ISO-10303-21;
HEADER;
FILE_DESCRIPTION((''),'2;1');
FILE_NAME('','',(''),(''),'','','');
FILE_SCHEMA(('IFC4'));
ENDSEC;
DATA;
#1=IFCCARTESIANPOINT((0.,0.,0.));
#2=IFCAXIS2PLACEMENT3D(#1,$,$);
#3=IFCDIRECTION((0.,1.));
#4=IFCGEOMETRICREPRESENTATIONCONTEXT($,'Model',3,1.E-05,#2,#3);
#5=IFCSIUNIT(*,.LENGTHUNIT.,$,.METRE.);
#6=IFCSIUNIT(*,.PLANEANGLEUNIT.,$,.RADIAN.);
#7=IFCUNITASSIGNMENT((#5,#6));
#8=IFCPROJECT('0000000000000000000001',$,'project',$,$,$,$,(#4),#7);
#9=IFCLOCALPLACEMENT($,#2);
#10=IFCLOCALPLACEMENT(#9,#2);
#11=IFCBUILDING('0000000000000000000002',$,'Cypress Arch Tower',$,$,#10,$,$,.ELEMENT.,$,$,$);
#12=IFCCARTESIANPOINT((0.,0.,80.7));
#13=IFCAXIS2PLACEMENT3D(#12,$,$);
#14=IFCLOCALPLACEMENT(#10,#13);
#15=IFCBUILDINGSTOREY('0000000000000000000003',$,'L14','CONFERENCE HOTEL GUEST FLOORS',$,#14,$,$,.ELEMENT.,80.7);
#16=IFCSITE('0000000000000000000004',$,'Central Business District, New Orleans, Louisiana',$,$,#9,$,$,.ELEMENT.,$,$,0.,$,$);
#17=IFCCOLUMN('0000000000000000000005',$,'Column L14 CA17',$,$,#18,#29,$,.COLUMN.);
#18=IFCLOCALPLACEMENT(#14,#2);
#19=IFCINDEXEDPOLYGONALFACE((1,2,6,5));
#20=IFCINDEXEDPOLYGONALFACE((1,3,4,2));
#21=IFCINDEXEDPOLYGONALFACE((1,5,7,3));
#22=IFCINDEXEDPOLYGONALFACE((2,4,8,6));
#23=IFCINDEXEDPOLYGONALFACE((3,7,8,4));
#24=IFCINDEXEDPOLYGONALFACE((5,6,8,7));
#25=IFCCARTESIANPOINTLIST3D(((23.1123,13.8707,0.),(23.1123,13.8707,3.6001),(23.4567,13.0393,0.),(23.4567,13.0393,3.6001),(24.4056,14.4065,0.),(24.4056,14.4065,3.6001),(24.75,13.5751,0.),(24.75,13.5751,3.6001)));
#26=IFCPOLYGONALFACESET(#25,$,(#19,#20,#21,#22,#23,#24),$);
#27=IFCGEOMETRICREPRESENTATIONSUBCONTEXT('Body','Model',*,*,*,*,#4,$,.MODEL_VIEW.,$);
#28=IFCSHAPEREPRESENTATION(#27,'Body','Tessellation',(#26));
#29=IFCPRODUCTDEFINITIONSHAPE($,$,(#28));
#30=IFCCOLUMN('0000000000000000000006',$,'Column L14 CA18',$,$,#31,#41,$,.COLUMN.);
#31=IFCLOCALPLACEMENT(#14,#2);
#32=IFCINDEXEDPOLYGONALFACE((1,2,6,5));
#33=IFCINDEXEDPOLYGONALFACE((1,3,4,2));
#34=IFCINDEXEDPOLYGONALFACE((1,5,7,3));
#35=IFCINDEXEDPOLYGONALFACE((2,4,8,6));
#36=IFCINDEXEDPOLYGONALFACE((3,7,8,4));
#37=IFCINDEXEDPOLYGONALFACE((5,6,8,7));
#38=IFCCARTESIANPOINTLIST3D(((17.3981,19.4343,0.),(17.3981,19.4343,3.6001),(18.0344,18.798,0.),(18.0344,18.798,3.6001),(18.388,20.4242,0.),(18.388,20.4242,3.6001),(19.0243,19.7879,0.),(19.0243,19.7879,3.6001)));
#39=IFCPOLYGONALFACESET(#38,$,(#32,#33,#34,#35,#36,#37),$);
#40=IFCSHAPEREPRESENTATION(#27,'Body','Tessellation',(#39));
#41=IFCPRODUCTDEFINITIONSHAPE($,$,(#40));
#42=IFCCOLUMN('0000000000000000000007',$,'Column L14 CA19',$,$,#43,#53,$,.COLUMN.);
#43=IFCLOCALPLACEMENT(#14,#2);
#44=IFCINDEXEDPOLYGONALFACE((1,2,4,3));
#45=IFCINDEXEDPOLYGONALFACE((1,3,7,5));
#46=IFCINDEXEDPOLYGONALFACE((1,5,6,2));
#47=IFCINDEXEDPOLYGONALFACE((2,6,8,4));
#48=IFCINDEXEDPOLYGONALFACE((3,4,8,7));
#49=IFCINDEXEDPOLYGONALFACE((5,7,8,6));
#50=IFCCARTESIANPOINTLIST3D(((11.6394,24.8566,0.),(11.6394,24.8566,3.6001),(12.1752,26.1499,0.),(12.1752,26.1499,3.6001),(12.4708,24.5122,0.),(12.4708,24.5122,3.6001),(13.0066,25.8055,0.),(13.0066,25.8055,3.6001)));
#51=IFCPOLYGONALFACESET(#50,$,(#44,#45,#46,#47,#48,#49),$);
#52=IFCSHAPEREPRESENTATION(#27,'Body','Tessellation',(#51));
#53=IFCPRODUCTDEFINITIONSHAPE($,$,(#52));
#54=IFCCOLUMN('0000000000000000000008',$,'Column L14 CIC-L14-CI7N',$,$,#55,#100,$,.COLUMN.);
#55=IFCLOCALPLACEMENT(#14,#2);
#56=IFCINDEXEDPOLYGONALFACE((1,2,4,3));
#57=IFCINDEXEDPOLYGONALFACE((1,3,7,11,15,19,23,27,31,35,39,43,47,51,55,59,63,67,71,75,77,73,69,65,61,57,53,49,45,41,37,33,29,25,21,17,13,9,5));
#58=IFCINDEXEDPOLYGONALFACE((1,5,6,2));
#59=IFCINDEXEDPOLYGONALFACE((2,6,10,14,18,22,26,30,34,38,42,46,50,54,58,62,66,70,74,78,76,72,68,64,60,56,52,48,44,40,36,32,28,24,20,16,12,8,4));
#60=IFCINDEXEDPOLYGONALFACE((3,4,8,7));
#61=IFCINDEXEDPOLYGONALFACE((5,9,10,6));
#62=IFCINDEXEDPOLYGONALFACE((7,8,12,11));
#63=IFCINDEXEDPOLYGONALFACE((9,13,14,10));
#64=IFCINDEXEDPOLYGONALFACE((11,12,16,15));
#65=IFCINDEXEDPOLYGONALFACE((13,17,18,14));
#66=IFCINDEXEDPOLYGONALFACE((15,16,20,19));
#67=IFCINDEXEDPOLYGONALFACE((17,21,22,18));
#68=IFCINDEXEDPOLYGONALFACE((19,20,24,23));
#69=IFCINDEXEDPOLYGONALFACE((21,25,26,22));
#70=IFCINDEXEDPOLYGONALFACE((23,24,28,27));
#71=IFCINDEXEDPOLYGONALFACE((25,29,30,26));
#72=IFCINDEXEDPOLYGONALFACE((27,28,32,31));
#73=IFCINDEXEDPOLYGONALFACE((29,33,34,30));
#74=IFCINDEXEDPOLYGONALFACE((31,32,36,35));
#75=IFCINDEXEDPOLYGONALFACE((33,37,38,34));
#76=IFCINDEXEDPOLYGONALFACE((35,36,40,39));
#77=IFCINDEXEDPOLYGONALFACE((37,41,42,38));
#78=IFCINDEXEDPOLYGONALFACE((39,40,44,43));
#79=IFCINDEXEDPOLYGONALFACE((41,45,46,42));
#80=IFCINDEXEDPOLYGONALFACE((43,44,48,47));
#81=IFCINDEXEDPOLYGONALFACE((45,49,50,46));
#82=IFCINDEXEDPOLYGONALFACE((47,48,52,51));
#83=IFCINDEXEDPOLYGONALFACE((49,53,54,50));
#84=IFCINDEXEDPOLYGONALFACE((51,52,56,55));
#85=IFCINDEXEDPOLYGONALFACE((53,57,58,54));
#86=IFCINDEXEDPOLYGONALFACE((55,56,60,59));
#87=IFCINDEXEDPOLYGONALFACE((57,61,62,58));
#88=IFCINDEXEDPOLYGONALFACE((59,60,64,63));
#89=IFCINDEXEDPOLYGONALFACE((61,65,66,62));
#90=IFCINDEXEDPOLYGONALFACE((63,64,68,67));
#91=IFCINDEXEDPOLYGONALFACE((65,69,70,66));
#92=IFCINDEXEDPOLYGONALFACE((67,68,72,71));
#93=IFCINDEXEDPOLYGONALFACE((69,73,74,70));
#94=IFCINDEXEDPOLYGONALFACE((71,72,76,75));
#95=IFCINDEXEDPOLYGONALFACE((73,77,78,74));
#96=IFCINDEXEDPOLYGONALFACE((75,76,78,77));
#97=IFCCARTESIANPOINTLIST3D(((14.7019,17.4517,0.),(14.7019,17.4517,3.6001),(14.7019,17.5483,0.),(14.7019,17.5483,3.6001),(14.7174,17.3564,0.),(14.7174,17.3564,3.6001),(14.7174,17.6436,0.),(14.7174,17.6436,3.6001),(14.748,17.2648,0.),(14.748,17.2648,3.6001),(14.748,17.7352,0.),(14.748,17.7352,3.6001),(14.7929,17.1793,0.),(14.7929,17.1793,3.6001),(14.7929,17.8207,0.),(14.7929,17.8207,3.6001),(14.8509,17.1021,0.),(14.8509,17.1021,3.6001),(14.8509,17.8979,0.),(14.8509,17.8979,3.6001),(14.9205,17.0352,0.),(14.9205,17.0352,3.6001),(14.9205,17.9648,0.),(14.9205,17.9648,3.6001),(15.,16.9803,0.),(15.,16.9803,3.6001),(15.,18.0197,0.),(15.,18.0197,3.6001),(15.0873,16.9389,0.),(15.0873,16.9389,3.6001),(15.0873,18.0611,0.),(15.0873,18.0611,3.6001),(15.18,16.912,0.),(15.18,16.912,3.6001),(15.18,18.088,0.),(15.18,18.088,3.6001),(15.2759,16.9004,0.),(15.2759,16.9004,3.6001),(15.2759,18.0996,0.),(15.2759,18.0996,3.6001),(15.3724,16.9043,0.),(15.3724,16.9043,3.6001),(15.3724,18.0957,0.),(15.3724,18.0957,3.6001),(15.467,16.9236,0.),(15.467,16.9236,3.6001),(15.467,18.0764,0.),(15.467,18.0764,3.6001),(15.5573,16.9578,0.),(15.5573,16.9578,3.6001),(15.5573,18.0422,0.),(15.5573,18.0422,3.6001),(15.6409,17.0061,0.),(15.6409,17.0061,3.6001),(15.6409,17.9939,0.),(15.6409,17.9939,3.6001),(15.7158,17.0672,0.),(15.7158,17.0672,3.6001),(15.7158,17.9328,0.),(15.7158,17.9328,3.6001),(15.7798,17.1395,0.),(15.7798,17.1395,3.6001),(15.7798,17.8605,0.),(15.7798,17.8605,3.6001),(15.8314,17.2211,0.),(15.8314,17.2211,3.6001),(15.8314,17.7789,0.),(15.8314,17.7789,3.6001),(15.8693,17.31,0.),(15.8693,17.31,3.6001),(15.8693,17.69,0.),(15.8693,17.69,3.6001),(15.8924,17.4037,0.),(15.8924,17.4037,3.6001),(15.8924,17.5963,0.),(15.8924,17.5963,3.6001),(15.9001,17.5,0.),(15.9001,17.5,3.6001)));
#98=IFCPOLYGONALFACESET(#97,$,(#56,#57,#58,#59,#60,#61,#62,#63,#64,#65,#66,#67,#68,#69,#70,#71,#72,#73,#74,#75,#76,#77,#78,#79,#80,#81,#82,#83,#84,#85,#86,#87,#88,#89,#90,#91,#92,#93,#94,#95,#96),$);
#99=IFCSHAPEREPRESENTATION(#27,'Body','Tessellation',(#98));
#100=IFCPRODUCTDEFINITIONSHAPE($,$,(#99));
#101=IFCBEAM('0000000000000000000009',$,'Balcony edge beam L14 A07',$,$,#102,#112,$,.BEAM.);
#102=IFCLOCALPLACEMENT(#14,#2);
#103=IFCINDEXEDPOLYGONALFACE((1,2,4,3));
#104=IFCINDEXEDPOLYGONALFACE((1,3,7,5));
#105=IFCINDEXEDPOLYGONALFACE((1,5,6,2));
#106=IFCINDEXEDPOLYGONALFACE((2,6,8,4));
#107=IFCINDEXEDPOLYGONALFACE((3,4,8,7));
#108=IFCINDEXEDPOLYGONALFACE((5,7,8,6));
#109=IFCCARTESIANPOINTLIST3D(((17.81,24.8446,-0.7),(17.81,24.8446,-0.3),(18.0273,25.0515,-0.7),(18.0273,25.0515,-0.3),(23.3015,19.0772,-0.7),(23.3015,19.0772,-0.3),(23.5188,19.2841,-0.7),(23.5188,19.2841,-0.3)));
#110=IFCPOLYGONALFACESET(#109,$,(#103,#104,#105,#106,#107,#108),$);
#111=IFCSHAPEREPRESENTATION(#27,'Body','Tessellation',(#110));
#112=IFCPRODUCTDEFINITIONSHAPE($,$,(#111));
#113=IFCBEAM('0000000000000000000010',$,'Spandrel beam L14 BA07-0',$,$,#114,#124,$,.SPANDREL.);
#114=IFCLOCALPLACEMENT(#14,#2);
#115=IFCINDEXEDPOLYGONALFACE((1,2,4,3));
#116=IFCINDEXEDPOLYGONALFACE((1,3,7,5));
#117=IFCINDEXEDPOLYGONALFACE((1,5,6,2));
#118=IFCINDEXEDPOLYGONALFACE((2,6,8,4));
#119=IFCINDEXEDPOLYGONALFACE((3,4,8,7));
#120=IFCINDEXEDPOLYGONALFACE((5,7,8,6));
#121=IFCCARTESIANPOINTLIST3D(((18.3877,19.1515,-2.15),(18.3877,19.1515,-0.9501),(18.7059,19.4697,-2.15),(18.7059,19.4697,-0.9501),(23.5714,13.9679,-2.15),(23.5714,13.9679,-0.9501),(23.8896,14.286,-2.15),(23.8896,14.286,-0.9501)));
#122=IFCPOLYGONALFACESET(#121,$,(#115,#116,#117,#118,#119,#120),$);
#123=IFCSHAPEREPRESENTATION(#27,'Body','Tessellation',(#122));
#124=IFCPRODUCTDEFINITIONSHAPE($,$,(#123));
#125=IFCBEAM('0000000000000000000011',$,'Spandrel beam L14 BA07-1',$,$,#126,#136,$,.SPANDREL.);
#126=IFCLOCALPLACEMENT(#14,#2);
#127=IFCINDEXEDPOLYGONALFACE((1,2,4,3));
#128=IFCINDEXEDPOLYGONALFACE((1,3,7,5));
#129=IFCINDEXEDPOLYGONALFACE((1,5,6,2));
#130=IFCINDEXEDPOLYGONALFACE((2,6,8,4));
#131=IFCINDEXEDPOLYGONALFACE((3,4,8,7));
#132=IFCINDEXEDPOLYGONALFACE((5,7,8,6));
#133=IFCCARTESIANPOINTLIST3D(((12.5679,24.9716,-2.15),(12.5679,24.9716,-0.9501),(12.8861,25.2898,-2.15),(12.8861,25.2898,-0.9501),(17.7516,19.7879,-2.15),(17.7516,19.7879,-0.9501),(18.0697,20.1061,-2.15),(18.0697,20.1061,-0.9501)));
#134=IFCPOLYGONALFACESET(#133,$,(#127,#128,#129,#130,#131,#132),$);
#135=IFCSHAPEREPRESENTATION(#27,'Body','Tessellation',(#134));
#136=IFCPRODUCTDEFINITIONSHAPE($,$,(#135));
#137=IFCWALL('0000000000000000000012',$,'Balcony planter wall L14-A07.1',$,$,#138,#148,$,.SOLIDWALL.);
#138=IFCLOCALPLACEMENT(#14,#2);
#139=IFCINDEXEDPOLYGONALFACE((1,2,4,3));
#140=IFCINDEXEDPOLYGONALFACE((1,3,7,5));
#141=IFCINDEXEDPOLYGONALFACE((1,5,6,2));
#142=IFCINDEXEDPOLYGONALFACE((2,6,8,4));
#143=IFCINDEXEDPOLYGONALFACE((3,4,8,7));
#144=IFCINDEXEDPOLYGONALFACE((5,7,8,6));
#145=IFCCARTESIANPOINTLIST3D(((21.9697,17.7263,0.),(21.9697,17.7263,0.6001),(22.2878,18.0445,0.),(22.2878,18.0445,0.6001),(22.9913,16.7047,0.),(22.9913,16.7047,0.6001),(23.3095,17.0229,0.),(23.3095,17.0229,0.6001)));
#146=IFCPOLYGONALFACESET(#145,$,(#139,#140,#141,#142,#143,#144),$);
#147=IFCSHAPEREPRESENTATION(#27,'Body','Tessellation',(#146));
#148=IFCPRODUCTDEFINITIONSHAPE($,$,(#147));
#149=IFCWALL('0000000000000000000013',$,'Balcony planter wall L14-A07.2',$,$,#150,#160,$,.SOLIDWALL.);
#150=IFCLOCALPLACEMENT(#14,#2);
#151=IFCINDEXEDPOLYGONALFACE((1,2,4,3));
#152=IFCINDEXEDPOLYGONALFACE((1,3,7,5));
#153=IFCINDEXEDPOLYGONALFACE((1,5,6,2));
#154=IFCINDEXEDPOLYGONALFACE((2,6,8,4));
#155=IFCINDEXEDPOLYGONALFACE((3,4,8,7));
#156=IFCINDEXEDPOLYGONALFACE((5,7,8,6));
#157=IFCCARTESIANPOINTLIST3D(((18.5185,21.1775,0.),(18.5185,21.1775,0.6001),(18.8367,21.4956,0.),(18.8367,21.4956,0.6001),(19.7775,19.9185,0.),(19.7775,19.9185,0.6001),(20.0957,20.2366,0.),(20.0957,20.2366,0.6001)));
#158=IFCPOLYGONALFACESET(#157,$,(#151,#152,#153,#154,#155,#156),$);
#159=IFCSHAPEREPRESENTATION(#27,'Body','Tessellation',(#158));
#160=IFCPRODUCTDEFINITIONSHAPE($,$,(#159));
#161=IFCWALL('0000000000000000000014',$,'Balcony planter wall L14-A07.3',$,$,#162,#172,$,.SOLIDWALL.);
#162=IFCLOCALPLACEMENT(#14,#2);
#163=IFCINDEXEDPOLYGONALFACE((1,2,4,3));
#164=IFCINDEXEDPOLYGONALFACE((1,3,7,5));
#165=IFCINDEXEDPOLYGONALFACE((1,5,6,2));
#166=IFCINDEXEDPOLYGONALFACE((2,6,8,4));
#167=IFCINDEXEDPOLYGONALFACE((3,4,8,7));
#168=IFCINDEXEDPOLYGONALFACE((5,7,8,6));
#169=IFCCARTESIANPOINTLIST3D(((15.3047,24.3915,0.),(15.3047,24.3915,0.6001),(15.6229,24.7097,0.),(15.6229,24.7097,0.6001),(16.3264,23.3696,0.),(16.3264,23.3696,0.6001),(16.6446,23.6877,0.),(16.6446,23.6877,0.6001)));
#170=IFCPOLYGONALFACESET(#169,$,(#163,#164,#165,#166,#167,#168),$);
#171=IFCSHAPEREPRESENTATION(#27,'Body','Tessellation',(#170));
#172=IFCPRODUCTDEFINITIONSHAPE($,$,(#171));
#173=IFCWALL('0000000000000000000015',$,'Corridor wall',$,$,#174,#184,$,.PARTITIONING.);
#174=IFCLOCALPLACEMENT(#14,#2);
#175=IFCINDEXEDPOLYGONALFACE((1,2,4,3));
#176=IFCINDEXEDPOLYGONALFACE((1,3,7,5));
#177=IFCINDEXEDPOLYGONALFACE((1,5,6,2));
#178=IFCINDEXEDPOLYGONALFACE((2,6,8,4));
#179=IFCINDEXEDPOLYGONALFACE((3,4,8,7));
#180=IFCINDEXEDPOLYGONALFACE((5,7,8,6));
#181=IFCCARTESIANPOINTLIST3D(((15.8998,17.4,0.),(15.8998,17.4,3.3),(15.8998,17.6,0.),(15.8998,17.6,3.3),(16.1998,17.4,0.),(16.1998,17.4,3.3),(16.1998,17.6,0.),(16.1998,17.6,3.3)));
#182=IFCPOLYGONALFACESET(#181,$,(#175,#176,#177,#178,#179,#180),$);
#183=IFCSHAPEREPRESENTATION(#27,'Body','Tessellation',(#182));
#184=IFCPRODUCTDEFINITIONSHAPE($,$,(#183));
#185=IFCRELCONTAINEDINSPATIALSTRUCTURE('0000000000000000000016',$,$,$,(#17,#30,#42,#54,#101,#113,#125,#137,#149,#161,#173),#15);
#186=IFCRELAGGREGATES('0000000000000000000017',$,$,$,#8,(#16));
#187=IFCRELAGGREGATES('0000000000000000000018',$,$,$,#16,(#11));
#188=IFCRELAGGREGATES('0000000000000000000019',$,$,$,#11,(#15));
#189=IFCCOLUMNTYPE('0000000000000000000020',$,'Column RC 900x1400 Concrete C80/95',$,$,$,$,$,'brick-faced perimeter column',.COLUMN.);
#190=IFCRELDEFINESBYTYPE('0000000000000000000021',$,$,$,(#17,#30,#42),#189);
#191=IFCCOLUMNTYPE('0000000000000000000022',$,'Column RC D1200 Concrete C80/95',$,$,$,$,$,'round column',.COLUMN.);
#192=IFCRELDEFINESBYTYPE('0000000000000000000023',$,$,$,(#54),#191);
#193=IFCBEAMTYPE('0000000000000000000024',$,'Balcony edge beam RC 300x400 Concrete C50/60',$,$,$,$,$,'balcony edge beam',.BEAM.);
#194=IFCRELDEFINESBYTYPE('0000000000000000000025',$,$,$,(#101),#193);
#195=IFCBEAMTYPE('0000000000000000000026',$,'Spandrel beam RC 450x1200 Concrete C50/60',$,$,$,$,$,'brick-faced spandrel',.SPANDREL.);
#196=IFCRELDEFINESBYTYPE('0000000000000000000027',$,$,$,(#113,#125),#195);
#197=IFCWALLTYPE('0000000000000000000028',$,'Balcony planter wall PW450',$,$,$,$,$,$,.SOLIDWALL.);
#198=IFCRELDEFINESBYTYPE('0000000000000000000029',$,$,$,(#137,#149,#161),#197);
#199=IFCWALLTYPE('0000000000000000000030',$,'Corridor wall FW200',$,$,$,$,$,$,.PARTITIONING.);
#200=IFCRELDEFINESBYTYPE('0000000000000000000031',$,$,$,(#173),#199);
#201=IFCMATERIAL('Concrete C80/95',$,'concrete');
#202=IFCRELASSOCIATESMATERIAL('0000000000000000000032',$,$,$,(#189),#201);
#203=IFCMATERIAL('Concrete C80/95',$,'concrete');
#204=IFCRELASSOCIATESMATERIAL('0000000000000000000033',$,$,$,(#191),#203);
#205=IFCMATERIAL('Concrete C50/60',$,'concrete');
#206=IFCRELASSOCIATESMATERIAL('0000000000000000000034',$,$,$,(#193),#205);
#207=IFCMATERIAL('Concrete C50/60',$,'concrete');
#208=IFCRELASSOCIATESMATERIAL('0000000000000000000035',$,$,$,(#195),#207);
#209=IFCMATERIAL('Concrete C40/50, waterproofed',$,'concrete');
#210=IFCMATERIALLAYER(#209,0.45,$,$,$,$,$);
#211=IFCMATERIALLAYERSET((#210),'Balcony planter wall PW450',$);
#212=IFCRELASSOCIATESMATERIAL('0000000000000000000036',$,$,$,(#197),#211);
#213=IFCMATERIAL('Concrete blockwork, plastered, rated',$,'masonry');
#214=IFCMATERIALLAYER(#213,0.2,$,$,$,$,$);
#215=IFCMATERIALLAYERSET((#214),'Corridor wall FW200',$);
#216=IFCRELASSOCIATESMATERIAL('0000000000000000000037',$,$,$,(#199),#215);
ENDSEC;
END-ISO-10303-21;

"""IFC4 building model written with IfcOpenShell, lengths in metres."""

from ifc_helpers import new_model, si_unit, direction, frame, frame_2d, origin, origin_2d, place, context, subcontext, project, spatial, rectangle, circle, extrude, material, layer, layer_set, material_profile, profile_set, type_object, element, save


model = new_model("IFC4")

# Units and contexts
model_context = context("Model", 3, precision=1e-05, world=origin(), true_north=direction((0.0, 1.0)))
body_context = subcontext(model_context, "Body", "Model", "MODEL_VIEW")
ifc_project = project(units=[si_unit("LENGTHUNIT", "METRE"), si_unit("PLANEANGLEUNIT", "RADIAN")], contexts=[model_context])

# Site, building, storey
site_placement = place(None, origin())
site = spatial("IfcSite", under=ifc_project, at=site_placement, Name="Central Business District, New Orleans, Louisiana", CompositionType="ELEMENT", RefElevation=0.0)
building_placement = place(site_placement, origin())
building = spatial("IfcBuilding", under=site, at=building_placement, Name="Cypress Arch Tower", CompositionType="ELEMENT")
storey_placement = place(building_placement, frame((0.0, 0.0, 80.7)))
storey = spatial("IfcBuildingStorey", under=building, at=storey_placement, Name="L14", Description="CONFERENCE HOTEL GUEST FLOORS", CompositionType="ELEMENT", Elevation=80.7)

# Columns
ifc_material_1 = material(Name="Concrete C80/95", Category="concrete")
ifc_material_profile_1 = material_profile(ifc_material_1, rectangle(XDim=0.8999, YDim=1.3999, at=origin_2d()), Name="RC 900x1400")
ifc_profile_set_1 = profile_set([ifc_material_profile_1], Name="Concrete C80/95")
column_type_1 = type_object("IfcColumnType", Name="Column RC 900x1400 Concrete C80/95", ElementType="brick-faced perimeter column", PredefinedType="COLUMN", material=ifc_profile_set_1)
for number, where, z_axis, x_axis, name in (
    (1, (23.9312, 13.7229, 0.0), (0.0, 0.0, 1.0), (-0.382683, 0.92388, 0.0), "Column L14 CA17"),
    (2, (18.2112, 19.6111, 0.0), (0.0, 0.0, 1.0), (-0.707107, 0.707107, 0.0), "Column L14 CA18"),
    (3, (12.323, 25.3311, 0.0), (0.0, 0.0, 1.0), (-0.92388, 0.382683, 0.0), "Column L14 CA19"),
):
    element("IfcColumn", number, at=place(storey_placement, frame(where, z_axis=z_axis, x_axis=x_axis)), inside=storey, type_object=column_type_1, Name=name, PredefinedType="COLUMN", context=body_context, shape_type="SweptSolid", body=[
        extrude(rectangle(XDim=0.8999, YDim=1.3999, at=origin_2d()), origin(), (0.0, 0.0, 1.0), 3.6001),
    ])
ifc_material_2 = material(Name="Concrete C80/95", Category="concrete")
ifc_material_profile_2 = material_profile(ifc_material_2, circle(Radius=0.6001, at=origin_2d()), Name="RC D1200")
ifc_profile_set_2 = profile_set([ifc_material_profile_2], Name="Concrete C80/95")
column_type_2 = type_object("IfcColumnType", Name="Column RC D1200 Concrete C80/95", ElementType="round column", PredefinedType="COLUMN", material=ifc_profile_set_2)
column_placement = place(storey_placement, frame((15.3, 17.5, 0.0), z_axis=(0.0, 0.0, 1.0), x_axis=(1.0, 0.0, 0.0)))
element("IfcColumn", 4, at=column_placement, inside=storey, type_object=column_type_2, Name="Column L14 CIC-L14-CI7N", PredefinedType="COLUMN", context=body_context, shape_type="SweptSolid", body=[
    extrude(circle(Radius=0.6001, at=origin_2d()), origin(), (0.0, 0.0, 1.0), 3.6001),
])

# Beams
ifc_material_3 = material(Name="Concrete C50/60", Category="concrete")
ifc_material_profile_3 = material_profile(ifc_material_3, rectangle(XDim=0.3, YDim=0.3999, at=origin_2d()), Name="RC 300x400")
ifc_profile_set_3 = profile_set([ifc_material_profile_3], Name="Concrete C50/60")
beam_type_1 = type_object("IfcBeamType", Name="Balcony edge beam RC 300x400 Concrete C50/60", ElementType="balcony edge beam", PredefinedType="BEAM", material=ifc_profile_set_3)
beam_placement = place(storey_placement, frame((23.4102, 19.1807, -0.5), z_axis=(-0.689573, 0.724216, 0.0), x_axis=(-0.724216, -0.689573, 0.0)))
element("IfcBeam", 5, at=beam_placement, inside=storey, type_object=beam_type_1, Name="Balcony edge beam L14 A07", PredefinedType="BEAM", context=body_context, shape_type="SweptSolid", body=[
    extrude(rectangle(XDim=0.3, YDim=0.3999, at=origin_2d()), origin(), (0.0, 0.0, 1.0), 7.9636),
])
ifc_material_4 = material(Name="Concrete C50/60", Category="concrete")
ifc_material_profile_4 = material_profile(ifc_material_4, rectangle(XDim=0.45, YDim=1.2, at=origin_2d()), Name="RC 450x1200")
ifc_profile_set_4 = profile_set([ifc_material_profile_4], Name="Concrete C50/60")
beam_type_2 = type_object("IfcBeamType", Name="Spandrel beam RC 450x1200 Concrete C50/60", ElementType="brick-faced spandrel", PredefinedType="SPANDREL", material=ifc_profile_set_4)
for number, where, z_axis, x_axis, name in (
    (6, (23.7305, 14.127, -1.55), (-0.707107, 0.707107, 0.0), (-0.707107, -0.707107, 0.0), "Spandrel beam L14 BA07-0"),
    (7, (17.9106, 19.947, -1.55), (-0.707107, 0.707107, 0.0), (-0.707107, -0.707107, 0.0), "Spandrel beam L14 BA07-1"),
):
    element("IfcBeam", number, at=place(storey_placement, frame(where, z_axis=z_axis, x_axis=x_axis)), inside=storey, type_object=beam_type_2, Name=name, PredefinedType="SPANDREL", context=body_context, shape_type="SweptSolid", body=[
        extrude(rectangle(XDim=0.45, YDim=1.2, at=origin_2d()), origin(), (0.0, 0.0, 1.0), 7.3308),
    ])

# Walls
ifc_material_5 = material(Name="Concrete C40/50, waterproofed", Category="concrete")
ifc_layer_1 = layer(ifc_material_5, 0.45)
ifc_layer_set_1 = layer_set([ifc_layer_1], Name="Balcony planter wall PW450")
wall_type_1 = type_object("IfcWallType", Name="Balcony planter wall PW450", PredefinedType="SOLIDWALL", material=ifc_layer_set_1)
wall_1_placement = place(storey_placement, frame((23.1504, 16.8638, 0.0), z_axis=(0.0, 0.0, 1.0), x_axis=(-0.707107, 0.707107, 0.0)))
element("IfcWall", 8, at=wall_1_placement, inside=storey, type_object=wall_type_1, Name="Balcony planter wall L14-A07.1", PredefinedType="SOLIDWALL", context=body_context, shape_type="SweptSolid", body=[
    extrude(rectangle(XDim=1.4448, YDim=0.45, at=frame_2d((0.7224, 0.0))), origin(), (0.0, 0.0, 1.0), 0.6001),
])
wall_2_placement = place(storey_placement, frame((19.9365, 20.0776, 0.0), z_axis=(0.0, 0.0, 1.0), x_axis=(-0.707107, 0.707107, 0.0)))
element("IfcWall", 9, at=wall_2_placement, inside=storey, type_object=wall_type_1, Name="Balcony planter wall L14-A07.2", PredefinedType="SOLIDWALL", context=body_context, shape_type="SweptSolid", body=[
    extrude(rectangle(XDim=1.7805, YDim=0.45, at=frame_2d((0.8901, 0.0))), origin(), (0.0, 0.0, 1.0), 0.6001),
])
wall_3_placement = place(storey_placement, frame((16.4856, 23.5286, 0.0), z_axis=(0.0, 0.0, 1.0), x_axis=(-0.707022, 0.707191, 0.0)))
element("IfcWall", 10, at=wall_3_placement, inside=storey, type_object=wall_type_1, Name="Balcony planter wall L14-A07.3", PredefinedType="SOLIDWALL", context=body_context, shape_type="SweptSolid", body=[
    extrude(rectangle(XDim=1.4451, YDim=0.45, at=frame_2d((0.7227, 0.0))), origin(), (0.0, 0.0, 1.0), 0.6001),
])

# Wall
ifc_material_6 = material(Name="Concrete blockwork, plastered, rated", Category="masonry")
ifc_layer_2 = layer(ifc_material_6, 0.2)
ifc_layer_set_2 = layer_set([ifc_layer_2], Name="Corridor wall FW200")
wall_type_2 = type_object("IfcWallType", Name="Corridor wall FW200", PredefinedType="PARTITIONING", material=ifc_layer_set_2)
wall_4_placement = place(storey_placement, frame((15.8999, 17.5, 0.0), z_axis=(0.0, 0.0, 1.0), x_axis=(1.0, 0.0, 0.0)))
element("IfcWall", 11, at=wall_4_placement, inside=storey, type_object=wall_type_2, Name="Corridor wall", PredefinedType="PARTITIONING", context=body_context, shape_type="SweptSolid", body=[
    extrude(rectangle(XDim=0.3, YDim=0.2, at=frame_2d((0.1499, 0.0))), origin(), (0.0, 0.0, 1.0), 3.3),
])

save(model, "model.ifc")
